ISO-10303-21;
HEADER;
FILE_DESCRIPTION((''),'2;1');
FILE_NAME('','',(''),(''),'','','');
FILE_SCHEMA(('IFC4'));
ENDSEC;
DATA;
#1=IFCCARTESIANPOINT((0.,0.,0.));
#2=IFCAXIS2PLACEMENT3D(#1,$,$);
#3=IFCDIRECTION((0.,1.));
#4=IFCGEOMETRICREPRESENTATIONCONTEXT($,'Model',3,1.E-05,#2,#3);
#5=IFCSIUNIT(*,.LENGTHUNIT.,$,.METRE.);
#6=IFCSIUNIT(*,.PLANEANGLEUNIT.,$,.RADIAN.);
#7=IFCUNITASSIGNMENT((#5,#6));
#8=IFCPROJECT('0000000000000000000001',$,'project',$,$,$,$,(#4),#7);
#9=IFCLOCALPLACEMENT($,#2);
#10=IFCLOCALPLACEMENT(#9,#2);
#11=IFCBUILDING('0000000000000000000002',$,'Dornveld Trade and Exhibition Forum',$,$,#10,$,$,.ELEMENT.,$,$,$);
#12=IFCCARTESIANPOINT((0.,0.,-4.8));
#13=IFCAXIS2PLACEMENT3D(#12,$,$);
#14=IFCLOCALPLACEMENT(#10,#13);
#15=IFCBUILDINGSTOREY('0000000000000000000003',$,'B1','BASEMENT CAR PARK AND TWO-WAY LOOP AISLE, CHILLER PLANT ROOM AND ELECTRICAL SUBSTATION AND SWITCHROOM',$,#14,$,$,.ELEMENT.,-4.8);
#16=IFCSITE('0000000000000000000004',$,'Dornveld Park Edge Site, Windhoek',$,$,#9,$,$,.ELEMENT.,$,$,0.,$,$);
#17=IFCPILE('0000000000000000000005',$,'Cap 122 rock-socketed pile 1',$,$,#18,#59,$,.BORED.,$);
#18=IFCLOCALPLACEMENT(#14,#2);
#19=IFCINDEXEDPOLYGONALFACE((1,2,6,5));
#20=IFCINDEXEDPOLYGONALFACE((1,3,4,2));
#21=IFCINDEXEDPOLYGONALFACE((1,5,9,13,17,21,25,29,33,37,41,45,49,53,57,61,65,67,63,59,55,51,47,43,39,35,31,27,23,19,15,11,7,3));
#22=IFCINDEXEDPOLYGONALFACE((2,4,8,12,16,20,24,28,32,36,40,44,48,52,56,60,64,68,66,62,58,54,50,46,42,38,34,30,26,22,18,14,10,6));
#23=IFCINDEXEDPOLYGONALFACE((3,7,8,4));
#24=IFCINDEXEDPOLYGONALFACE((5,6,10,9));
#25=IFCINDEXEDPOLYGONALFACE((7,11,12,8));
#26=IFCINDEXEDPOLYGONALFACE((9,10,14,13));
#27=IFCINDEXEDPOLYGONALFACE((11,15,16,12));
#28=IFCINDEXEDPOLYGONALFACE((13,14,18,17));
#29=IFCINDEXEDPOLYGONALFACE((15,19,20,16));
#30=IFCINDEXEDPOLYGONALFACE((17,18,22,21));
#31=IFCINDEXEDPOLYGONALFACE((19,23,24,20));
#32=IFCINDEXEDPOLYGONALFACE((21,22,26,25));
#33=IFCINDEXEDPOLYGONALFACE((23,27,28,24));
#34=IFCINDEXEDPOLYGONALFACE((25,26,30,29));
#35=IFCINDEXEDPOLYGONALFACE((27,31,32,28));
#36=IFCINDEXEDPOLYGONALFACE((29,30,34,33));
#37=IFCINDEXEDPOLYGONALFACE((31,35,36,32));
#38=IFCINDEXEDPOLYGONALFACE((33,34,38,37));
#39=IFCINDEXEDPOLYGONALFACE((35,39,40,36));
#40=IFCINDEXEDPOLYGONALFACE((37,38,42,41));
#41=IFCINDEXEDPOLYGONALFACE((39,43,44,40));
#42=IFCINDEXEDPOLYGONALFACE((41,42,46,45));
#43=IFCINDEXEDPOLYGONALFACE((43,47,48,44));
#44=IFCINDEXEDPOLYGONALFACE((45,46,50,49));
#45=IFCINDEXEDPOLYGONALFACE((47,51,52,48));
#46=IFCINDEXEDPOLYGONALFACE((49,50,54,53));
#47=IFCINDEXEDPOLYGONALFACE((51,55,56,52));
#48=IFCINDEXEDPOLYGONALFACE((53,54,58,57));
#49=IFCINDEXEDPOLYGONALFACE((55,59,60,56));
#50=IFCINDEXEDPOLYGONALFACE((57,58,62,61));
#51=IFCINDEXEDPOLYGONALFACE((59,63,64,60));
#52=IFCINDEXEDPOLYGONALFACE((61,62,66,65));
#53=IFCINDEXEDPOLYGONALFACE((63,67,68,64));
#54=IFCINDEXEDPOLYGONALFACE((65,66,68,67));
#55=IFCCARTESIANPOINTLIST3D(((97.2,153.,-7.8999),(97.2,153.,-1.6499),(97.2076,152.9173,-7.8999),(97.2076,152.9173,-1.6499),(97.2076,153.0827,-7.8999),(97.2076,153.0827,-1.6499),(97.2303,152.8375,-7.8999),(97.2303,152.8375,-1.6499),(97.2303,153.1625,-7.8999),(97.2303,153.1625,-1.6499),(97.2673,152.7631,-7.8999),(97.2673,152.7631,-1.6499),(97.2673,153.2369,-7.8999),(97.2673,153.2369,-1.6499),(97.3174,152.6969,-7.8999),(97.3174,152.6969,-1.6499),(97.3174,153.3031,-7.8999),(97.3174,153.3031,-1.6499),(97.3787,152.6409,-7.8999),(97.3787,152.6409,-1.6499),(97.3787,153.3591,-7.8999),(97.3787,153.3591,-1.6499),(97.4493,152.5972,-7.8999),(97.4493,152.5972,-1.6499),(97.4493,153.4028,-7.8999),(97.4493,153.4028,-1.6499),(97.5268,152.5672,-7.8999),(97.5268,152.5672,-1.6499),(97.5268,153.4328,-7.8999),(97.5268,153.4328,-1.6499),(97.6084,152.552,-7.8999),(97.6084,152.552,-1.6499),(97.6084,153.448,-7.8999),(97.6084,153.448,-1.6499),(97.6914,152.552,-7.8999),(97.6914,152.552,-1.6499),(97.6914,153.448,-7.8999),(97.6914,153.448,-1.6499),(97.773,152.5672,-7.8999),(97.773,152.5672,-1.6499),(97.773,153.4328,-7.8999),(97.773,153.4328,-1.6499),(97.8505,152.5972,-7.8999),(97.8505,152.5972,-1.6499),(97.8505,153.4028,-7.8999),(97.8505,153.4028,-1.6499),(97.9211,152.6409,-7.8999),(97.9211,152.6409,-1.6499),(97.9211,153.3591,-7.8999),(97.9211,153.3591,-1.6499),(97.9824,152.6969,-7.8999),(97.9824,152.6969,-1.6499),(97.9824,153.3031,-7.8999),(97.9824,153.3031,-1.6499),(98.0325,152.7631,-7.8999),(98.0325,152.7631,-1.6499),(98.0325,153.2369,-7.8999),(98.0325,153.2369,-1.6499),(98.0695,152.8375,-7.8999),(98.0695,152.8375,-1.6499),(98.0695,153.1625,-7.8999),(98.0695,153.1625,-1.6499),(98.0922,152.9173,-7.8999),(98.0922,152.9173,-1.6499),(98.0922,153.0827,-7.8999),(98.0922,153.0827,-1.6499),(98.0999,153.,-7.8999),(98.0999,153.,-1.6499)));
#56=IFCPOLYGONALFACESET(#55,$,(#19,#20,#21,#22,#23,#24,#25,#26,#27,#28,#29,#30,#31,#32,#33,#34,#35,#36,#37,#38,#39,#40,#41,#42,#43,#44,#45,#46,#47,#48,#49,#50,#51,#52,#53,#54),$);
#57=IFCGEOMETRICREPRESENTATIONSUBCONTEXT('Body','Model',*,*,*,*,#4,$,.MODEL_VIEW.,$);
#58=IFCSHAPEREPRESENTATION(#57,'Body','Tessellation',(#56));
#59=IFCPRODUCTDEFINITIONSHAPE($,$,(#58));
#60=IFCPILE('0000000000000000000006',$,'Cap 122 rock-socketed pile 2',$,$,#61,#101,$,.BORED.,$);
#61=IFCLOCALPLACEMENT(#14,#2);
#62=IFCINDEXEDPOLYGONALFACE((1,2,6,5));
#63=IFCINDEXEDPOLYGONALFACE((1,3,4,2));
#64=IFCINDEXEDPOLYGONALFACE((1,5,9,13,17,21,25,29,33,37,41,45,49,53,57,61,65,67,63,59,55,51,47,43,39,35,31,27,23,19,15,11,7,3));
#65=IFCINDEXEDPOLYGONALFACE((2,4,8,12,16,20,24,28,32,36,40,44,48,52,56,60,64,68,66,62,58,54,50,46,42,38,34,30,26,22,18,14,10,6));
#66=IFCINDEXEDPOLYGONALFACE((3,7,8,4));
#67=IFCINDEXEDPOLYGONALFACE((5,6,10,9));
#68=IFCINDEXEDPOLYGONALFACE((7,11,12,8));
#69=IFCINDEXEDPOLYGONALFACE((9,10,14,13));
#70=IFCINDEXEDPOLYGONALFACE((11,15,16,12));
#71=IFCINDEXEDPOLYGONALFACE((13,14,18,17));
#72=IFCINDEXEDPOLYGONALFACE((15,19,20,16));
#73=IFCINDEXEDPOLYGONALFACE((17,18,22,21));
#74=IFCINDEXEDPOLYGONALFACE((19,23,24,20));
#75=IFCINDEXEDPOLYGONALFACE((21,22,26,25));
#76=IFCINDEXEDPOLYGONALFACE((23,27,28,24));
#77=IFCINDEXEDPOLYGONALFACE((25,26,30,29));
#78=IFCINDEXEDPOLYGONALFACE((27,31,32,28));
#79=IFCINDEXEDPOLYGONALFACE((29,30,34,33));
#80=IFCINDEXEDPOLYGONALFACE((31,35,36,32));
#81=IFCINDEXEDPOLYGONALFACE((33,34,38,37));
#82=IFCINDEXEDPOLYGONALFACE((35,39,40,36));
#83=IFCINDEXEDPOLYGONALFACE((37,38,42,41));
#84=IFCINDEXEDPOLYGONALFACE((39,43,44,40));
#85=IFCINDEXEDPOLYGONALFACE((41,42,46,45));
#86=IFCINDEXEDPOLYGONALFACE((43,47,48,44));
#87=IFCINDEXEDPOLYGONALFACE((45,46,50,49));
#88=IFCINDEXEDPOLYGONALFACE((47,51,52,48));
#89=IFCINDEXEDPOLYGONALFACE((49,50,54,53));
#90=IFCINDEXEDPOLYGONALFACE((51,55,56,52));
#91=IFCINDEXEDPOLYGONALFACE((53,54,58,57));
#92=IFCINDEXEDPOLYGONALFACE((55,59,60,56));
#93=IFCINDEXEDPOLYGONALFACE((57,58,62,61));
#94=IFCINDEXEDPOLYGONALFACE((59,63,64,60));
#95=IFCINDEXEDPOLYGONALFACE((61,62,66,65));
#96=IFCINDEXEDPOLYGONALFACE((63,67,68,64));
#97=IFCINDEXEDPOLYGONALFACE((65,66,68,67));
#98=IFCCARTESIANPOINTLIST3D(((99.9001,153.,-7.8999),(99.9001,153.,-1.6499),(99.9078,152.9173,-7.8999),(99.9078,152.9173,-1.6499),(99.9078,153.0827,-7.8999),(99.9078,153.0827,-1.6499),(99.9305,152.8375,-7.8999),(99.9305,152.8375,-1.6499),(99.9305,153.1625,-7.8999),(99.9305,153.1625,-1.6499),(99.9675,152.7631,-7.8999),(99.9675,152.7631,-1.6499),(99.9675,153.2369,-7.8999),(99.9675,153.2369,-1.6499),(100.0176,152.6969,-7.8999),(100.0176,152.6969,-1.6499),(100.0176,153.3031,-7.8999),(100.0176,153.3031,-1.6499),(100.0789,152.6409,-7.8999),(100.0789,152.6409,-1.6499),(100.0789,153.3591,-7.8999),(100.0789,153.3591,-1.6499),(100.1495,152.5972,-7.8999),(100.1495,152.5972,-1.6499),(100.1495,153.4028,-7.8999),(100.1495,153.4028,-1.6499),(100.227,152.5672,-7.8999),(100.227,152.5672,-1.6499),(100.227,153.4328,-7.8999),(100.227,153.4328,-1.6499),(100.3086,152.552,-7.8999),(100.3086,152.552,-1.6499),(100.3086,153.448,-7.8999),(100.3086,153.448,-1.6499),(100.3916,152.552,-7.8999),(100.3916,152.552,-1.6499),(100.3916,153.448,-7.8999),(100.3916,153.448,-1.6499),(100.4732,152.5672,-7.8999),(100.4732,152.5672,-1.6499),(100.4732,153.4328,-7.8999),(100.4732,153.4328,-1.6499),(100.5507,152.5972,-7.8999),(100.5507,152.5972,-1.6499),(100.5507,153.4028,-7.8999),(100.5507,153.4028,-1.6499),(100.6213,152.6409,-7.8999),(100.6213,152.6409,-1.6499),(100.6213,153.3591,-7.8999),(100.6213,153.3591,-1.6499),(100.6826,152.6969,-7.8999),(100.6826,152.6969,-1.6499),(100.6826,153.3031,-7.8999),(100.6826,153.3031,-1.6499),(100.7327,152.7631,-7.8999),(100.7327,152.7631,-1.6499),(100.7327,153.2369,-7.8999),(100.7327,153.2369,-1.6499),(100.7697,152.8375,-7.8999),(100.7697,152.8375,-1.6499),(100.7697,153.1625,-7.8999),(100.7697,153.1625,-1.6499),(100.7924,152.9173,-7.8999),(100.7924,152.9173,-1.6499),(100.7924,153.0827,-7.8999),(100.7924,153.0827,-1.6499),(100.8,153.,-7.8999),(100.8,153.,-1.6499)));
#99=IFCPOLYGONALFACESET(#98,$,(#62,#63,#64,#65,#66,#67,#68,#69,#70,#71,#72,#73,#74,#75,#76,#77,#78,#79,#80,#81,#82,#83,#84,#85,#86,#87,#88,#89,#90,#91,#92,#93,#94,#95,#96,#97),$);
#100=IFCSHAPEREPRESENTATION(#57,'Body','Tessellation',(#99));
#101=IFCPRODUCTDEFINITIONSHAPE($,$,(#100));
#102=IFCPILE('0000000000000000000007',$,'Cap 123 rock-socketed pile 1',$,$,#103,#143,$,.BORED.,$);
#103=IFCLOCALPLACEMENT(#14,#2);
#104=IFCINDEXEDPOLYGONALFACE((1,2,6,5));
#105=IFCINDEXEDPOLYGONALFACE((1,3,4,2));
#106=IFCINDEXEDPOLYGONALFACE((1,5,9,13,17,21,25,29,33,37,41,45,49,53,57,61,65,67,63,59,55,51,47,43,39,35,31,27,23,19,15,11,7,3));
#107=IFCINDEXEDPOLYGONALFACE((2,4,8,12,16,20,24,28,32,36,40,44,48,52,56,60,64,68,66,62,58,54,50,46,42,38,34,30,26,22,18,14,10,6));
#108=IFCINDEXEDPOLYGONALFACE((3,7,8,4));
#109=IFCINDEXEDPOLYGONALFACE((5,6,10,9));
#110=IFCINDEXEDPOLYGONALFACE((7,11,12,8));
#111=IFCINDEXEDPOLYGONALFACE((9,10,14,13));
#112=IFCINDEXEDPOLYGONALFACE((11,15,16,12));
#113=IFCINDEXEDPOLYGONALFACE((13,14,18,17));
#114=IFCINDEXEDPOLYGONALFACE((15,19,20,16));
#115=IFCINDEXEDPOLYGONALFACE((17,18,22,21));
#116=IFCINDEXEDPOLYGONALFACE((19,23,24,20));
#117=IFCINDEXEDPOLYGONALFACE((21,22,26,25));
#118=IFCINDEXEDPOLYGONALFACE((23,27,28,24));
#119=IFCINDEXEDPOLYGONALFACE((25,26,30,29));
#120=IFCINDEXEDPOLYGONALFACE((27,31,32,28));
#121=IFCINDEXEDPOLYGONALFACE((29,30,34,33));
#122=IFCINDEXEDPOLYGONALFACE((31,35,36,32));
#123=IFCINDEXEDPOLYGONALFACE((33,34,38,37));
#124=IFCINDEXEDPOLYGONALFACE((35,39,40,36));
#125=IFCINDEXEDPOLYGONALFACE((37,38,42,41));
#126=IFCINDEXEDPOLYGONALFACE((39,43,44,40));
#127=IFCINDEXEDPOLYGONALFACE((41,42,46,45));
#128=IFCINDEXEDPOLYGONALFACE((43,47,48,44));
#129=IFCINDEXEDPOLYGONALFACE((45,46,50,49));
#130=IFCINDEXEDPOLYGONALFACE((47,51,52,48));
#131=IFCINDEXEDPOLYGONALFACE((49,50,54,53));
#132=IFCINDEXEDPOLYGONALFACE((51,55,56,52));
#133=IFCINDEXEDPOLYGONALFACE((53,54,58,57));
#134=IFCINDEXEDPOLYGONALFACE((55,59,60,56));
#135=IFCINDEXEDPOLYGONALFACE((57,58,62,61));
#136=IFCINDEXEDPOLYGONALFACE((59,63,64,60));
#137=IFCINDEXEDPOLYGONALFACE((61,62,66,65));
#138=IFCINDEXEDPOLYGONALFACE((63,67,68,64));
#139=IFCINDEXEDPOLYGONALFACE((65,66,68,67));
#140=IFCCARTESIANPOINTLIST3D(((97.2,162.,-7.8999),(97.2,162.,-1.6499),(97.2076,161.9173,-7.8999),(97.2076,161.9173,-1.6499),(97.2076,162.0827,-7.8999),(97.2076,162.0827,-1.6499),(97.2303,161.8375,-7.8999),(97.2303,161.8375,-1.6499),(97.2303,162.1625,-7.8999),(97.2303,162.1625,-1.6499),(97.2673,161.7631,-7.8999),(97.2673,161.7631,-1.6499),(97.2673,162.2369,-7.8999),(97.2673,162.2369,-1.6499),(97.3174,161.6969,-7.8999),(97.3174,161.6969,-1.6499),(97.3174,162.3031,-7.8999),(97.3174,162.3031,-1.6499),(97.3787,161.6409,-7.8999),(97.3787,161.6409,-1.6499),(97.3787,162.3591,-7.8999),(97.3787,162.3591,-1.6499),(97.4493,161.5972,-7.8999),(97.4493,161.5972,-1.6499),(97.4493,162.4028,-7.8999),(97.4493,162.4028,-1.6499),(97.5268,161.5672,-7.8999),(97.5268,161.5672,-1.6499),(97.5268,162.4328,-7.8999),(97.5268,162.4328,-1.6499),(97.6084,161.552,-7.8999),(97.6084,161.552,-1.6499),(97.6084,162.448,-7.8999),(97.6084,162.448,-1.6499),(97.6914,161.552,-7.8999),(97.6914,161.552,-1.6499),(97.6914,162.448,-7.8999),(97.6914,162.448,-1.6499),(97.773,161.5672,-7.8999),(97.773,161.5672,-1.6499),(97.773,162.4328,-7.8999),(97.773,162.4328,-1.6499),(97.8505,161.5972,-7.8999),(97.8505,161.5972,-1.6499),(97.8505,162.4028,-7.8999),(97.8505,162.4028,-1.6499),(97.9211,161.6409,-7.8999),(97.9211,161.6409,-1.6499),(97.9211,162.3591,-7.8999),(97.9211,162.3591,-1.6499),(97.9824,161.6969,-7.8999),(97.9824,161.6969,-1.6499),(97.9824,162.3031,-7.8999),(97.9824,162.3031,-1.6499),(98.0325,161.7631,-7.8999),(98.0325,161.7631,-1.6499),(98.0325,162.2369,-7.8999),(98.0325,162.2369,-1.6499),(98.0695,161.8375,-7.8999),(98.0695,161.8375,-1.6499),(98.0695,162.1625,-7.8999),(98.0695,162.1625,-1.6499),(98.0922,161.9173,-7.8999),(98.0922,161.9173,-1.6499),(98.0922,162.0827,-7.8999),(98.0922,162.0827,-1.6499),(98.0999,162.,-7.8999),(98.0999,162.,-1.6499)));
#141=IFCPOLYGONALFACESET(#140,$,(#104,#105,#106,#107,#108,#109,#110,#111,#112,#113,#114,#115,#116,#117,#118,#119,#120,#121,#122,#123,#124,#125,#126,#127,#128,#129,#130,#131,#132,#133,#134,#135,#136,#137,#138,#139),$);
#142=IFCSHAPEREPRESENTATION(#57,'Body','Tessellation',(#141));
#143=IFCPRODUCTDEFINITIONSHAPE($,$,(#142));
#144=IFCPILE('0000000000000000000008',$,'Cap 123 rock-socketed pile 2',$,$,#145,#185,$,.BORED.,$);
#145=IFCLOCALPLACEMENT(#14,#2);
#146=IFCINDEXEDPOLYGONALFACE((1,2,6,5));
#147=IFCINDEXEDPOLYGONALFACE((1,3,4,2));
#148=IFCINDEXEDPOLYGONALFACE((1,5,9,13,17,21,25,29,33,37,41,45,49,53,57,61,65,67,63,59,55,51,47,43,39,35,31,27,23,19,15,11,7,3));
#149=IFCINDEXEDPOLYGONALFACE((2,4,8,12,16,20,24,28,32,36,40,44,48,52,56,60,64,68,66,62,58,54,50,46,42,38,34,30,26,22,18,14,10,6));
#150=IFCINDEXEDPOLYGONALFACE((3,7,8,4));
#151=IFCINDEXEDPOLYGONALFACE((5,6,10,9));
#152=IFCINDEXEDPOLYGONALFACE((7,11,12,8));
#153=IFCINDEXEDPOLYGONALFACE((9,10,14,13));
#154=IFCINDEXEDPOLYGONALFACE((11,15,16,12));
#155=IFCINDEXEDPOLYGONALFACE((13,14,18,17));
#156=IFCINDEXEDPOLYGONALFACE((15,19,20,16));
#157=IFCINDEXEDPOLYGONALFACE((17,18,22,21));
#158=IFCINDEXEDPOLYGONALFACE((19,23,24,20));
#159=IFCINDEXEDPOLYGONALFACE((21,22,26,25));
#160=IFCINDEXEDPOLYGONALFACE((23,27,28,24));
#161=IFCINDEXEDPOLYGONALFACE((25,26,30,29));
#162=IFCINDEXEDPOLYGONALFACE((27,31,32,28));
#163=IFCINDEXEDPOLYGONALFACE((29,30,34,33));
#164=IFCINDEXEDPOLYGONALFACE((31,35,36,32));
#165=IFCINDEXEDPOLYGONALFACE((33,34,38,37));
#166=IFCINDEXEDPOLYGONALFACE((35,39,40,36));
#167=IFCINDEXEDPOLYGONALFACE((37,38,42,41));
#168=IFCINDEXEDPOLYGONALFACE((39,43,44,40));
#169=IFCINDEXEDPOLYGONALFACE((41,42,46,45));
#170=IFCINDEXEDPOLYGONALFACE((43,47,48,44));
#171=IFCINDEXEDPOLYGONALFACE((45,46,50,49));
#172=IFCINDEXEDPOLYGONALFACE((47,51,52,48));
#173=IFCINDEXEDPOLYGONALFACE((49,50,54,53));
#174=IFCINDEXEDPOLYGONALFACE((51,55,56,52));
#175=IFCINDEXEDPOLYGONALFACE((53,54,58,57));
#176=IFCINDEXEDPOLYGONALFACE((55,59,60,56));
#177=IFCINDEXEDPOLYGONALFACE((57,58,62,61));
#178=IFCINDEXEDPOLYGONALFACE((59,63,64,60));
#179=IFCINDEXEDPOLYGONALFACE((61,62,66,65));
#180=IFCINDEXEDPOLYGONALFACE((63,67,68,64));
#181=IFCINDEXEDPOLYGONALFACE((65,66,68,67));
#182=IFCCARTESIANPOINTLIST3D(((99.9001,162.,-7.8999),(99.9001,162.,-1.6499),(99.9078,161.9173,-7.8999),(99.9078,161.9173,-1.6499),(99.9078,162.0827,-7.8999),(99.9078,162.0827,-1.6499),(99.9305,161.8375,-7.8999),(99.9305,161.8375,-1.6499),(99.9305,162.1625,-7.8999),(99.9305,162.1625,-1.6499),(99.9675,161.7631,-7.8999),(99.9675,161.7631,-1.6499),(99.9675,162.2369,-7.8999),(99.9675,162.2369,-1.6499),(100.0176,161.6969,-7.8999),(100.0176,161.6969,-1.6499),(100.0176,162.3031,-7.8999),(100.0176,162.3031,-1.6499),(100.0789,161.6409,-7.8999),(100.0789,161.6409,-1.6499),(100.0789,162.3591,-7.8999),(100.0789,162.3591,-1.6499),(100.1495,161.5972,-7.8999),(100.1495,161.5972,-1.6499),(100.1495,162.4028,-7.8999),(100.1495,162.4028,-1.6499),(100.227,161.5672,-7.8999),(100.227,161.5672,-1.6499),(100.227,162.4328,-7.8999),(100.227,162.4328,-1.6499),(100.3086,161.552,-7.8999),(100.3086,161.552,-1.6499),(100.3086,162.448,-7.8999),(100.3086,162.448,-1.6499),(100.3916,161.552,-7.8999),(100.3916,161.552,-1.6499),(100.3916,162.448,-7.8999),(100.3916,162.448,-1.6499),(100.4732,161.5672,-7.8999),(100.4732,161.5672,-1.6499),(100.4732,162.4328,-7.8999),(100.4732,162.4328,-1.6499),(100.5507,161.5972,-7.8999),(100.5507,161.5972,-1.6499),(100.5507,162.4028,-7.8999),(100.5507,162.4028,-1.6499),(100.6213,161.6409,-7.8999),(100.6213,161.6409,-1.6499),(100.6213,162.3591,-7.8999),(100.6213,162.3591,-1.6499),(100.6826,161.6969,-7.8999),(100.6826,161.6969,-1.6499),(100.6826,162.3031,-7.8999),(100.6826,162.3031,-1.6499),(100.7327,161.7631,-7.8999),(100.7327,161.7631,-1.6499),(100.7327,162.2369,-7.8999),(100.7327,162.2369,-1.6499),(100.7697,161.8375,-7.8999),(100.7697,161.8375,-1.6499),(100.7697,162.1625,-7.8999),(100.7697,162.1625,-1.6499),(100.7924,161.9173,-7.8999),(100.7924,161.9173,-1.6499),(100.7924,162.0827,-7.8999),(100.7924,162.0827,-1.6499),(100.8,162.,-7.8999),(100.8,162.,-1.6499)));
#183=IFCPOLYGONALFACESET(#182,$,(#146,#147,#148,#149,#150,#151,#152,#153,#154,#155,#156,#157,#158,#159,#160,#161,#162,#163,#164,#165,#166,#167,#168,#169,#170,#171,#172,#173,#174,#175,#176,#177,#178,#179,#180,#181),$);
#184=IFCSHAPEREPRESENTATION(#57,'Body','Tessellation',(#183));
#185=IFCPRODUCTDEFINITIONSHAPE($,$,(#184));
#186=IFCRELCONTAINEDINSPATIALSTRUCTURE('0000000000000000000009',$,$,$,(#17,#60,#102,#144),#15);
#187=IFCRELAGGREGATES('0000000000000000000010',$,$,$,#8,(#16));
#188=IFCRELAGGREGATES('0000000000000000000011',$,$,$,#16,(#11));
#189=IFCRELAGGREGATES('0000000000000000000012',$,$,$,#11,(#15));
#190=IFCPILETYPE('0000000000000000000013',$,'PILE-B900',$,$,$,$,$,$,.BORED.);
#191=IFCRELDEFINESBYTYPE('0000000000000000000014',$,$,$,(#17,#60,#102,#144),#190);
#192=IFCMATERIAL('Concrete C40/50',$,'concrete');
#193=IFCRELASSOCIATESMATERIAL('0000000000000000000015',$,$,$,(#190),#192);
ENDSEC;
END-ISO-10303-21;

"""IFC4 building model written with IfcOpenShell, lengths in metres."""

from ifc_helpers import new_model, si_unit, direction, frame, origin, origin_2d, place, context, subcontext, project, spatial, circle, extrude, material, material_profile, profile_set, type_object, element, save


model = new_model("IFC4")

# Units and contexts
model_context = context("Model", 3, precision=1e-05, world=origin(), true_north=direction((0.0, 1.0)))
body_context = subcontext(model_context, "Body", "Model", "MODEL_VIEW")
ifc_project = project(units=[si_unit("LENGTHUNIT", "METRE"), si_unit("PLANEANGLEUNIT", "RADIAN")], contexts=[model_context])

# Site, building, storey
site_placement = place(None, origin())
site = spatial("IfcSite", under=ifc_project, at=site_placement, Name="Dornveld Park Edge Site, Windhoek", CompositionType="ELEMENT", RefElevation=0.0)
building_placement = place(site_placement, origin())
building = spatial("IfcBuilding", under=site, at=building_placement, Name="Dornveld Trade and Exhibition Forum", CompositionType="ELEMENT")
storey_placement = place(building_placement, frame((0.0, 0.0, -4.8)))
storey = spatial("IfcBuildingStorey", under=building, at=storey_placement, Name="B1", Description="BASEMENT CAR PARK AND TWO-WAY LOOP AISLE, CHILLER PLANT ROOM AND ELECTRICAL SUBSTATION AND SWITCHROOM", CompositionType="ELEMENT", Elevation=-4.8)

# Piles
ifc_material_1 = material(Name="Concrete C40/50", Category="concrete")
ifc_material_profile_1 = material_profile(ifc_material_1, circle(Radius=0.45, at=origin_2d()), Name="PILE D900")
ifc_profile_set_1 = profile_set([ifc_material_profile_1], Name="Concrete C40/50")
pile_type = type_object("IfcPileType", Name="PILE-B900", PredefinedType="BORED", material=ifc_profile_set_1)
for number, where, z_axis, x_axis, name in (
    (1, (97.6499, 153.0, -1.6499), (0.0, 0.0, -1.0), (1.0, 0.0, 0.0), "Cap 122 rock-socketed pile 1"),
    (2, (100.3501, 153.0, -1.6499), (0.0, 0.0, -1.0), (1.0, 0.0, 0.0), "Cap 122 rock-socketed pile 2"),
    (3, (97.6499, 162.0, -1.6499), (0.0, 0.0, -1.0), (1.0, 0.0, 0.0), "Cap 123 rock-socketed pile 1"),
    (4, (100.3501, 162.0, -1.6499), (0.0, 0.0, -1.0), (1.0, 0.0, 0.0), "Cap 123 rock-socketed pile 2"),
):
    element("IfcPile", number, at=place(storey_placement, frame(where, z_axis=z_axis, x_axis=x_axis)), inside=storey, type_object=pile_type, Name=name, PredefinedType="BORED", context=body_context, shape_type="SweptSolid", body=[
        extrude(circle(Radius=0.45, at=origin_2d()), origin(), (0.0, 0.0, 1.0), 6.25),
    ])

save(model, "model.ifc")
